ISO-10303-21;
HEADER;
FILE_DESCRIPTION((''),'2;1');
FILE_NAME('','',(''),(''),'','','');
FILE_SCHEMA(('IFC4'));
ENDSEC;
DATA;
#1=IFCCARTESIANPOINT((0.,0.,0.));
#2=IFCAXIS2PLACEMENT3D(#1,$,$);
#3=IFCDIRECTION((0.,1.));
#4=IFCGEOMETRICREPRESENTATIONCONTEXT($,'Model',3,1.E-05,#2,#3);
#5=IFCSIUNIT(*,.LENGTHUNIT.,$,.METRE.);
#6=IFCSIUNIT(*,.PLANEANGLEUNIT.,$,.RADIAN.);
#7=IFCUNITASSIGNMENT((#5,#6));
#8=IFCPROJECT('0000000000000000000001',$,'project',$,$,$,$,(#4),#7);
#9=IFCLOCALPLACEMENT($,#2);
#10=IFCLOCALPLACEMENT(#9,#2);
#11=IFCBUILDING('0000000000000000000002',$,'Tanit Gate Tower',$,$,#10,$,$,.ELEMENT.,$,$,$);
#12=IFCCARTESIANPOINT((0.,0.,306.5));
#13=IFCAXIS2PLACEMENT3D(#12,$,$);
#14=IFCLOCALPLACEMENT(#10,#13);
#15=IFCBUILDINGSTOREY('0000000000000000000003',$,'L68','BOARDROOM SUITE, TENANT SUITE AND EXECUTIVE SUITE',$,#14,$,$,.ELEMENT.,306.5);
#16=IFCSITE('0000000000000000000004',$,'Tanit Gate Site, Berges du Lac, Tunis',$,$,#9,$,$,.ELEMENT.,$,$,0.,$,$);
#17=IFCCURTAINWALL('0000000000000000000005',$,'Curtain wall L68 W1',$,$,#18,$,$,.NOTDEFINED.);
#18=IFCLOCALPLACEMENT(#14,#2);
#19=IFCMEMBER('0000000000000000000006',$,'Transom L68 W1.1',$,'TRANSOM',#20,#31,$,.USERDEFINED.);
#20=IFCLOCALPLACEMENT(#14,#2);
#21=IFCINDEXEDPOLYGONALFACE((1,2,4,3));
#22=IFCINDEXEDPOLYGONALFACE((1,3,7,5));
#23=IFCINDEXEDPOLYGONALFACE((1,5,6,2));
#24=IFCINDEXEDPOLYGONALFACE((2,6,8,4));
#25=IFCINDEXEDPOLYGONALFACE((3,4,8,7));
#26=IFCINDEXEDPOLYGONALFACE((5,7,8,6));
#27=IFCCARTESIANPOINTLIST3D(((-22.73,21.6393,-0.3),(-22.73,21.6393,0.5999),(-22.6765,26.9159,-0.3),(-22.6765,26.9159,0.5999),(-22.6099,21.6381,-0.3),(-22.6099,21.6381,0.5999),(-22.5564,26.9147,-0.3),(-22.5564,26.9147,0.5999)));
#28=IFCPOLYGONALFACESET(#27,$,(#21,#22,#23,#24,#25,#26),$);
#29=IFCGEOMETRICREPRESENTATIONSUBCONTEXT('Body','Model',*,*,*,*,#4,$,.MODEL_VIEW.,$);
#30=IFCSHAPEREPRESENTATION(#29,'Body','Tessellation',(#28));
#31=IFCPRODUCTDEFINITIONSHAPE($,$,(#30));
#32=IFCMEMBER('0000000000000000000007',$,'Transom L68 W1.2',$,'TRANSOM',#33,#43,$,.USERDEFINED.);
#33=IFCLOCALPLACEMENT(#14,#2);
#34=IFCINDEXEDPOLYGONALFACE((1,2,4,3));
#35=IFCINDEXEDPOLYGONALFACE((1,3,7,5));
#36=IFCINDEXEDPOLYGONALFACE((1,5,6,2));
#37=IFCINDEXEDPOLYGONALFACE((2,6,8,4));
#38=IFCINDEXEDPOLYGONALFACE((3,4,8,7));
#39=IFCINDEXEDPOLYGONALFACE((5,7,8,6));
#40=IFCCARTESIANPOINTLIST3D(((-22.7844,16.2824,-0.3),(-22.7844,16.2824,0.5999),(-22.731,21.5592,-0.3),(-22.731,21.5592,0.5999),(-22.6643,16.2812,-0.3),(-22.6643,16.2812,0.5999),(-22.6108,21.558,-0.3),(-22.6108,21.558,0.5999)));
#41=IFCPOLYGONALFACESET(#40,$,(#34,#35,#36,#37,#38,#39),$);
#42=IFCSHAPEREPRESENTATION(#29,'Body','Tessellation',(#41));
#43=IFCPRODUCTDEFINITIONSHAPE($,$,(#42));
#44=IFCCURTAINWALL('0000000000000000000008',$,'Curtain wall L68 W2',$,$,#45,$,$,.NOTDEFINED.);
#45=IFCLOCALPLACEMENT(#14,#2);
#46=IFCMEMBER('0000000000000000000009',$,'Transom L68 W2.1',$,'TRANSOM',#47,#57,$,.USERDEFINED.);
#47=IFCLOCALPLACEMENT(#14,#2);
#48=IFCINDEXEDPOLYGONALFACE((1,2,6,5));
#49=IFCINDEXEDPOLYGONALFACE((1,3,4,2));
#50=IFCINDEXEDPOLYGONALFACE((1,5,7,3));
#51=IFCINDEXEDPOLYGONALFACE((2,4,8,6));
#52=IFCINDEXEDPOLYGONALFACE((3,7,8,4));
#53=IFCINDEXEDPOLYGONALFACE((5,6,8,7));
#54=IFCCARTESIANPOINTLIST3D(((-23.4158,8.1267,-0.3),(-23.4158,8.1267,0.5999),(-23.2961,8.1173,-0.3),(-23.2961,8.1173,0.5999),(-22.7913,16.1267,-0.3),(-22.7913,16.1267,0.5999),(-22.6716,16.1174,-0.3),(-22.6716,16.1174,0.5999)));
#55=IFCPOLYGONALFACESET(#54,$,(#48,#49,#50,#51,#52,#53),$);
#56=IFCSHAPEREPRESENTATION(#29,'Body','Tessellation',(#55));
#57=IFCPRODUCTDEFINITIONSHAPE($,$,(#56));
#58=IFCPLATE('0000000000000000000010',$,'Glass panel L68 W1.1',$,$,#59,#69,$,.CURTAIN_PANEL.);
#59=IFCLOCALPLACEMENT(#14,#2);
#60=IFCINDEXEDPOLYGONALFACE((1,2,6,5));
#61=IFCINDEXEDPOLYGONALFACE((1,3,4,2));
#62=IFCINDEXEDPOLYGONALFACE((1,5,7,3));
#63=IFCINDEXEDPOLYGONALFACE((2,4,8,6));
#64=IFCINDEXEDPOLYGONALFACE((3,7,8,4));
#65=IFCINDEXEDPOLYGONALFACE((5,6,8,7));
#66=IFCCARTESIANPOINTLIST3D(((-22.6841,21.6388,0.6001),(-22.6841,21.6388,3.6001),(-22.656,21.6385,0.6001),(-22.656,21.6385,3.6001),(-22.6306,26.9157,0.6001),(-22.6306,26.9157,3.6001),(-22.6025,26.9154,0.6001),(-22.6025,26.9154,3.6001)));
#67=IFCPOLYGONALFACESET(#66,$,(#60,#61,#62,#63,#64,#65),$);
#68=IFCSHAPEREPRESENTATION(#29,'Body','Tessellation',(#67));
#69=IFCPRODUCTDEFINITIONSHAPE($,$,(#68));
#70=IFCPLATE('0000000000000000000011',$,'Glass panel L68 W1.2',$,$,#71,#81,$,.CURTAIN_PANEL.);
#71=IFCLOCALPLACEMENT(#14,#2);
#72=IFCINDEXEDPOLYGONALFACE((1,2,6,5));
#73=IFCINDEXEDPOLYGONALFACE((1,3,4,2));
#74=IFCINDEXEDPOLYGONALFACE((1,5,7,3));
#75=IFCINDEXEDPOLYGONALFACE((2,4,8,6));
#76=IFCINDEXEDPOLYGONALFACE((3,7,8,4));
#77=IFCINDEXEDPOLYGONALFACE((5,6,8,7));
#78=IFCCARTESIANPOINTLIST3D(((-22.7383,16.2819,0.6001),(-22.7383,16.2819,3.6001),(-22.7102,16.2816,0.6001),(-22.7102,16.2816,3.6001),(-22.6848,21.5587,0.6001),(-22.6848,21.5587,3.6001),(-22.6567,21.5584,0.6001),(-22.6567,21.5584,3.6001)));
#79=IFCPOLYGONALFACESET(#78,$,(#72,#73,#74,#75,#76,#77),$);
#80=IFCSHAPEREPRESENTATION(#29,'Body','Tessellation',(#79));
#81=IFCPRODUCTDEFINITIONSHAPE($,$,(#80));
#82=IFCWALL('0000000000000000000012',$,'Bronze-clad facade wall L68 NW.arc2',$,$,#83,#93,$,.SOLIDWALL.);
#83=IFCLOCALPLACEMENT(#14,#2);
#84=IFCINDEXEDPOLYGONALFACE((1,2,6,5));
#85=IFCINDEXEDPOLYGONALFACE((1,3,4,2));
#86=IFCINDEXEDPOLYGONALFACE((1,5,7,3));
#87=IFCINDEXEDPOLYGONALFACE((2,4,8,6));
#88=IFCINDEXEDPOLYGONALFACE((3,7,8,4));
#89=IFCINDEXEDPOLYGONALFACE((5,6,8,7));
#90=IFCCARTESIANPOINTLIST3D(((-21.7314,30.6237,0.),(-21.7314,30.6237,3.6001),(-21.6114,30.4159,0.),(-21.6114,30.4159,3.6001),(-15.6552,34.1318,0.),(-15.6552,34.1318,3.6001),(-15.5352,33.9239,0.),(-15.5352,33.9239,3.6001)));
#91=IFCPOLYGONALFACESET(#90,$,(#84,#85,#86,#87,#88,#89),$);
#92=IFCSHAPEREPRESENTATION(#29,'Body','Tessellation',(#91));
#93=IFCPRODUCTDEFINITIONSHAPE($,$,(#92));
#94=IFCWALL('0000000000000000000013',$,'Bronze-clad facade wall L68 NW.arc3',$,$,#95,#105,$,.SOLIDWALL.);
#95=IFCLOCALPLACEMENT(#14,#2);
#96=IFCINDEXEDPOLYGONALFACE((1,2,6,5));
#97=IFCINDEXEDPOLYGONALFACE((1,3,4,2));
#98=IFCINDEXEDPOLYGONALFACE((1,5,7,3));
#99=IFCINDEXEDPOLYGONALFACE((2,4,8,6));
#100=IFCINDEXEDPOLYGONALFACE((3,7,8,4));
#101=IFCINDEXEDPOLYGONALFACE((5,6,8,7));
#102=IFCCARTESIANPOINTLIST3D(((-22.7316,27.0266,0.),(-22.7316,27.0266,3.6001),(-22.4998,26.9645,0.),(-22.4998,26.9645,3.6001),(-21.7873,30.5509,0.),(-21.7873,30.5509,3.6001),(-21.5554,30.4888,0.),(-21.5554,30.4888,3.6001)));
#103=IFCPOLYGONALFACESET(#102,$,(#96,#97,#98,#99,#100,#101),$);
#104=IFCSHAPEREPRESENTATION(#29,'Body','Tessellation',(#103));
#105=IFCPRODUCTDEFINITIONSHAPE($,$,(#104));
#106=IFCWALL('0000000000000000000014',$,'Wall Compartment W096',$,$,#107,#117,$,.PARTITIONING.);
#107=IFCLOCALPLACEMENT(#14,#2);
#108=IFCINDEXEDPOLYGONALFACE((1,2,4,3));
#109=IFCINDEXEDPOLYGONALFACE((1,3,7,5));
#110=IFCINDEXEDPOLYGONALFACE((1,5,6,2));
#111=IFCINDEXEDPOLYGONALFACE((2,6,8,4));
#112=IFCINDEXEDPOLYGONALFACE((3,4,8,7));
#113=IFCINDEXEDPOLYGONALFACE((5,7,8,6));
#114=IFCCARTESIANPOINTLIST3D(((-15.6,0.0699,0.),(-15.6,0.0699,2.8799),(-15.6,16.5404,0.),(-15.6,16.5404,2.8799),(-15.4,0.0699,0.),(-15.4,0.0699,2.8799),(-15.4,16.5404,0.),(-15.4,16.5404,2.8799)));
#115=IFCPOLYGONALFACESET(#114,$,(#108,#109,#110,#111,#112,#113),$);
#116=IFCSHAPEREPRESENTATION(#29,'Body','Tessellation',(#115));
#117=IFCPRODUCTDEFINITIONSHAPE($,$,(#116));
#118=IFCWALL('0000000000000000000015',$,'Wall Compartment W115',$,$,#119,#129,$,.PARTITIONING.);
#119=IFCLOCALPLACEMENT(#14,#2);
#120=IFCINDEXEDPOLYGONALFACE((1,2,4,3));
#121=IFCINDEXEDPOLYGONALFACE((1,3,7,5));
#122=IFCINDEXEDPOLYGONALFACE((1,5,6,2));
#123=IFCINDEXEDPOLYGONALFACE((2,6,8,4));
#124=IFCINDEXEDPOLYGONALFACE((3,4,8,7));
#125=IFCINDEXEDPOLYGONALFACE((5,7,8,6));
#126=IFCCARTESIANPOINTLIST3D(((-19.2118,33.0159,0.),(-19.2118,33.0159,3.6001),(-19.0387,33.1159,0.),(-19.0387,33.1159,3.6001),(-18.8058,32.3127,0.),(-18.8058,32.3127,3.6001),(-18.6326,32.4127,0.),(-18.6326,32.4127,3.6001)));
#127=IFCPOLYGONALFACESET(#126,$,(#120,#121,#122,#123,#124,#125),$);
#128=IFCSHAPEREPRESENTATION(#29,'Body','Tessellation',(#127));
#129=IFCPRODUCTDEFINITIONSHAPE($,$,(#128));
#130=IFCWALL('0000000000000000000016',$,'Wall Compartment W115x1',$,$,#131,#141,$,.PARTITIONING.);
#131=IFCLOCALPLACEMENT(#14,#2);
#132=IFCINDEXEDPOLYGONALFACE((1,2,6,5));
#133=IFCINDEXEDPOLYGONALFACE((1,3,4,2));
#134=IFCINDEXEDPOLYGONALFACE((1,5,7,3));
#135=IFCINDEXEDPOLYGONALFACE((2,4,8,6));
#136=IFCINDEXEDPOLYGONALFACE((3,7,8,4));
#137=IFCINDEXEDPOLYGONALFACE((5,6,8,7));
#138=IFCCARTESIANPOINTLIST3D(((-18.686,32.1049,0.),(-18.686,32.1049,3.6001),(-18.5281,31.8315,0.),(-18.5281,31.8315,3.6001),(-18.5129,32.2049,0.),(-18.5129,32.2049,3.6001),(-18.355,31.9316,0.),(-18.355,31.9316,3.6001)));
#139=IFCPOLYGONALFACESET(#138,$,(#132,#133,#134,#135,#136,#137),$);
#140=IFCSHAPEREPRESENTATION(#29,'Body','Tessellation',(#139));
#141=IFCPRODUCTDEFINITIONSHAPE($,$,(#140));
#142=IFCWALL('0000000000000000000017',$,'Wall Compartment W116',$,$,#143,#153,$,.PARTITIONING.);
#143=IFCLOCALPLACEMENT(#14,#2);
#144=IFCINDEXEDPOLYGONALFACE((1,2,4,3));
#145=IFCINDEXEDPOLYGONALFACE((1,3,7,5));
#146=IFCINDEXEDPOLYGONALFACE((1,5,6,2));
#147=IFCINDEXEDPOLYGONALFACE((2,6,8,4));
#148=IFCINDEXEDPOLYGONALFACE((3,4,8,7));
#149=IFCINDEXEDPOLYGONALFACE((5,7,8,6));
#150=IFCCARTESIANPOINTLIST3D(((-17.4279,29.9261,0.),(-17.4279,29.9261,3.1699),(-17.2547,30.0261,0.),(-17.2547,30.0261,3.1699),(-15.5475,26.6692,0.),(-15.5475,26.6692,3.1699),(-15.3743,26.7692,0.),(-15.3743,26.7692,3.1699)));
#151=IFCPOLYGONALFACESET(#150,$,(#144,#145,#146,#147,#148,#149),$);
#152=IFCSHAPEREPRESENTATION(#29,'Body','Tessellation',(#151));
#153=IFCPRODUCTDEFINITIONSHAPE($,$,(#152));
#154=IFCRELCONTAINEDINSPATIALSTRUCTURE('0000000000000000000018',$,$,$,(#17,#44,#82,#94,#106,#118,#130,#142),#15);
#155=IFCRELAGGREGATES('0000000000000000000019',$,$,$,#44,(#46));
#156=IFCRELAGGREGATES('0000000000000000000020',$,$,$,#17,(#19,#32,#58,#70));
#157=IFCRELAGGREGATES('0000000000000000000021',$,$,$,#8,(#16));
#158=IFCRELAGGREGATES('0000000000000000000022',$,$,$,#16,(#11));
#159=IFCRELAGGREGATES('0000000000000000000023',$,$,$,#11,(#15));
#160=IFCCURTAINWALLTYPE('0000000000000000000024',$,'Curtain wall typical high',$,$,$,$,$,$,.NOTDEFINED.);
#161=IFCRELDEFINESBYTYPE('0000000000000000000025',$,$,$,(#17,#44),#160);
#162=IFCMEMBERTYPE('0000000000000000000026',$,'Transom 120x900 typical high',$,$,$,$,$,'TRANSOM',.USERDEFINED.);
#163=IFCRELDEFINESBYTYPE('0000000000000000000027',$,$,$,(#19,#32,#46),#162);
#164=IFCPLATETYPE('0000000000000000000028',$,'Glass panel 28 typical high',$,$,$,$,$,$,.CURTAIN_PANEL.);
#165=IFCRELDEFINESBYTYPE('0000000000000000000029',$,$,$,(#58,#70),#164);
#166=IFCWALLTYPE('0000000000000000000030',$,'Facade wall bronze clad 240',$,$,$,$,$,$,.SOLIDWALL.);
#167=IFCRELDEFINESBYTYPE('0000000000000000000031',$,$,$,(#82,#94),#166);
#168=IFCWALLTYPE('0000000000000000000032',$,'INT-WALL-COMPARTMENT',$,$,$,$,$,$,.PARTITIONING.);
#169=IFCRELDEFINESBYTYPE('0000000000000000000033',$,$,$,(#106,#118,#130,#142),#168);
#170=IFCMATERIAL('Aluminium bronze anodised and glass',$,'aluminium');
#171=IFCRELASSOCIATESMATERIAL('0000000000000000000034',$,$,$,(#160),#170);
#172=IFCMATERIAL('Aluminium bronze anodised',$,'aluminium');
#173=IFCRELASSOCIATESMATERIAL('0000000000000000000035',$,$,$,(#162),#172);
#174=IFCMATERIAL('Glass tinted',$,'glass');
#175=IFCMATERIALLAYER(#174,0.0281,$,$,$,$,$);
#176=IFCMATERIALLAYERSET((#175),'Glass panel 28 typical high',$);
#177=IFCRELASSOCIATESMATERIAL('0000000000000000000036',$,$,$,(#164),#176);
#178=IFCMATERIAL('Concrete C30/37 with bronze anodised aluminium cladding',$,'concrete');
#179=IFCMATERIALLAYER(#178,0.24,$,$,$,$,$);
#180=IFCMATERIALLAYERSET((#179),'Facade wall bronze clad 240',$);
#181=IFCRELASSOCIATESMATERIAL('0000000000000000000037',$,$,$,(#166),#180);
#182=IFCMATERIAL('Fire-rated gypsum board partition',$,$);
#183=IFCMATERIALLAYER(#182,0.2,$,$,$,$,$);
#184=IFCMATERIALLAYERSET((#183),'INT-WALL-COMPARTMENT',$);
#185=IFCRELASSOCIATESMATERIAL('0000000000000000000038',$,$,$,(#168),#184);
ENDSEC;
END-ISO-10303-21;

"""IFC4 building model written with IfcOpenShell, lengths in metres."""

from ifc_helpers import new_model, si_unit, direction, frame, frame_2d, origin, origin_2d, place, context, subcontext, project, spatial, rectangle, extrude, material, layer, layer_set, material_profile, profile_set, type_object, element, aggregate, save


model = new_model("IFC4")

# Units and contexts
model_context = context("Model", 3, precision=1e-05, world=origin(), true_north=direction((0.0, 1.0)))
body_context = subcontext(model_context, "Body", "Model", "MODEL_VIEW")
ifc_project = project(units=[si_unit("LENGTHUNIT", "METRE"), si_unit("PLANEANGLEUNIT", "RADIAN")], contexts=[model_context])

# Site, building, storey
site_placement = place(None, origin())
site = spatial("IfcSite", under=ifc_project, at=site_placement, Name="Tanit Gate Site, Berges du Lac, Tunis", CompositionType="ELEMENT", RefElevation=0.0)
building_placement = place(site_placement, origin())
building = spatial("IfcBuilding", under=site, at=building_placement, Name="Tanit Gate Tower", CompositionType="ELEMENT")
storey_placement = place(building_placement, frame((0.0, 0.0, 306.5)))
storey = spatial("IfcBuildingStorey", under=building, at=storey_placement, Name="L68", Description="BOARDROOM SUITE, TENANT SUITE AND EXECUTIVE SUITE", CompositionType="ELEMENT", Elevation=306.5)

# Curtain wall
ifc_material_1 = material(Name="Aluminium bronze anodised and glass", Category="aluminium")
curtain_wall_type = type_object("IfcCurtainWallType", Name="Curtain wall typical high", PredefinedType="NOTDEFINED", material=ifc_material_1)
curtain_wall_1_placement = place(storey_placement, origin())
curtain_wall_1 = element("IfcCurtainWall", 1, at=curtain_wall_1_placement, inside=storey, type_object=curtain_wall_type, Name="Curtain wall L68 W1", PredefinedType="NOTDEFINED")

# Members
ifc_material_2 = material(Name="Aluminium bronze anodised", Category="aluminium")
ifc_material_profile_1 = material_profile(ifc_material_2, rectangle(XDim=0.1201, YDim=0.8999, at=origin_2d()), Name="120x900 bronze transom")
ifc_profile_set_1 = profile_set([ifc_material_profile_1], Name="Aluminium bronze anodised")
member_type_1 = type_object("IfcMemberType", Name="Transom 120x900 typical high", ElementType="TRANSOM", PredefinedType="USERDEFINED", material=ifc_profile_set_1)
member_1_placement = place(storey_placement, frame((-22.6165, 26.9153, 0.1499), z_axis=(-0.010132, -0.999949, 0.0), x_axis=(0.999949, -0.010132, 0.0)))
member_1 = element("IfcMember", 2, at=member_1_placement, type_object=member_type_1, Name="Transom L68 W1.1", ObjectType="TRANSOM", PredefinedType="USERDEFINED", context=body_context, shape_type="SweptSolid", body=[
    extrude(rectangle(XDim=0.1201, YDim=0.8999, at=origin_2d()), origin(), (0.0, 0.0, 1.0), 5.2769),
])
member_2_placement = place(storey_placement, frame((-22.6709, 21.5586, 0.1499), z_axis=(-0.010132, -0.999949, 0.0), x_axis=(0.999949, -0.010132, 0.0)))
member_2 = element("IfcMember", 3, at=member_2_placement, type_object=member_type_1, Name="Transom L68 W1.2", ObjectType="TRANSOM", PredefinedType="USERDEFINED", context=body_context, shape_type="SweptSolid", body=[
    extrude(rectangle(XDim=0.1201, YDim=0.8999, at=origin_2d()), origin(), (0.0, 0.0, 1.0), 5.2771),
])

# Curtain wall, member
curtain_wall_2_placement = place(storey_placement, origin())
curtain_wall_2 = element("IfcCurtainWall", 4, at=curtain_wall_2_placement, inside=storey, type_object=curtain_wall_type, Name="Curtain wall L68 W2", PredefinedType="NOTDEFINED")
member_3_placement = place(storey_placement, frame((-22.7314, 16.1221, 0.1499), z_axis=(-0.077827, -0.996967, 0.0), x_axis=(0.996967, -0.077827, 0.0)))
member_3 = element("IfcMember", 5, at=member_3_placement, type_object=member_type_1, Name="Transom L68 W2.1", ObjectType="TRANSOM", PredefinedType="USERDEFINED", context=body_context, shape_type="SweptSolid", body=[
    extrude(rectangle(XDim=0.1201, YDim=0.8999, at=origin_2d()), origin(), (0.0, 0.0, 1.0), 8.0244),
])
aggregate(curtain_wall_2, [member_3])

# Plates
ifc_material_3 = material(Name="Glass tinted", Category="glass")
ifc_layer_1 = layer(ifc_material_3, 0.0281)
ifc_layer_set_1 = layer_set([ifc_layer_1], Name="Glass panel 28 typical high")
plate_type = type_object("IfcPlateType", Name="Glass panel 28 typical high", PredefinedType="CURTAIN_PANEL", material=ifc_layer_set_1)
plate_1_placement = place(storey_placement, frame((-22.6433, 24.2771, 0.6001), z_axis=(0.0, 0.0, 1.0), x_axis=(-0.010146, -0.999949, 0.0)))
plate_1 = element("IfcPlate", 6, at=plate_1_placement, type_object=plate_type, Name="Glass panel L68 W1.1", PredefinedType="CURTAIN_PANEL", context=body_context, shape_type="SweptSolid", body=[
    extrude(rectangle(XDim=5.2771, YDim=0.0281, at=origin_2d()), origin(), (0.0, 0.0, 1.0), 3.0),
])
plate_2_placement = place(storey_placement, frame((-22.6975, 18.9202, 0.6001), z_axis=(0.0, 0.0, 1.0), x_axis=(-0.010146, -0.999949, 0.0)))
plate_2 = element("IfcPlate", 7, at=plate_2_placement, type_object=plate_type, Name="Glass panel L68 W1.2", PredefinedType="CURTAIN_PANEL", context=body_context, shape_type="SweptSolid", body=[
    extrude(rectangle(XDim=5.2771, YDim=0.0281, at=origin_2d()), origin(), (0.0, 0.0, 1.0), 3.0),
])
aggregate(curtain_wall_1, [member_1, member_2, plate_1, plate_2])

# Walls
ifc_material_4 = material(Name="Concrete C30/37 with bronze anodised aluminium cladding", Category="concrete")
ifc_layer_2 = layer(ifc_material_4, 0.24)
ifc_layer_set_2 = layer_set([ifc_layer_2], Name="Facade wall bronze clad 240")
wall_type_1 = type_object("IfcWallType", Name="Facade wall bronze clad 240", PredefinedType="SOLIDWALL", material=ifc_layer_set_2)
wall_1_placement = place(storey_placement, frame((-15.5952, 34.0278, 0.0), z_axis=(0.0, 0.0, 1.0), x_axis=(-0.866027, -0.499998, 0.0)))
element("IfcWall", 8, at=wall_1_placement, inside=storey, type_object=wall_type_1, Name="Bronze-clad facade wall L68 NW.arc2", PredefinedType="SOLIDWALL", context=body_context, shape_type="SweptSolid", body=[
    extrude(rectangle(XDim=7.0161, YDim=0.24, at=frame_2d((3.5081, 0.0))), origin(), (0.0, 0.0, 1.0), 3.6001),
])
wall_2_placement = place(storey_placement, frame((-21.6714, 30.5198, 0.0), z_axis=(0.0, 0.0, 1.0), x_axis=(-0.258812, -0.965928, 0.0)))
element("IfcWall", 9, at=wall_2_placement, inside=storey, type_object=wall_type_1, Name="Bronze-clad facade wall L68 NW.arc3", PredefinedType="SOLIDWALL", context=body_context, shape_type="SweptSolid", body=[
    extrude(rectangle(XDim=3.6487, YDim=0.24, at=frame_2d((1.8242, 0.0))), origin(), (0.0, 0.0, 1.0), 3.6001),
])
ifc_material_5 = material(Name="Fire-rated gypsum board partition")
ifc_layer_3 = layer(ifc_material_5, 0.2)
ifc_layer_set_3 = layer_set([ifc_layer_3], Name="INT-WALL-COMPARTMENT")
wall_type_2 = type_object("IfcWallType", Name="INT-WALL-COMPARTMENT", PredefinedType="PARTITIONING", material=ifc_layer_set_3)
wall_3_placement = place(storey_placement, frame((-15.5, 16.5405, 0.0), z_axis=(0.0, 0.0, 1.0), x_axis=(0.0, -1.0, 0.0)))
element("IfcWall", 10, at=wall_3_placement, inside=storey, type_object=wall_type_2, Name="Wall Compartment W096", PredefinedType="PARTITIONING", context=body_context, shape_type="SweptSolid", body=[
    extrude(rectangle(XDim=16.4705, YDim=0.2, at=frame_2d((8.2354, 0.0))), origin(), (0.0, 0.0, 1.0), 2.8799),
])
wall_4_placement = place(storey_placement, frame((-19.1252, 33.0659, 0.0), z_axis=(0.0, 0.0, 1.0), x_axis=(0.500052, -0.865995, 0.0)))
element("IfcWall", 11, at=wall_4_placement, inside=storey, type_object=wall_type_2, Name="Wall Compartment W115", PredefinedType="PARTITIONING", context=body_context, shape_type="SweptSolid", body=[
    extrude(rectangle(XDim=0.812, YDim=0.2, at=frame_2d((0.406, 0.0))), origin(), (0.0, 0.0, 1.0), 3.6001),
])
wall_5_placement = place(storey_placement, frame((-18.5994, 32.1548, 0.0), z_axis=(0.0, 0.0, 1.0), x_axis=(0.500213, -0.865902, 0.0)))
element("IfcWall", 12, at=wall_5_placement, inside=storey, type_object=wall_type_2, Name="Wall Compartment W115x1", PredefinedType="PARTITIONING", context=body_context, shape_type="SweptSolid", body=[
    extrude(rectangle(XDim=0.3157, YDim=0.2, at=frame_2d((0.1577, 0.0))), origin(), (0.0, 0.0, 1.0), 3.6001),
])
wall_6_placement = place(storey_placement, frame((-17.3413, 29.9761, 0.0), z_axis=(0.0, 0.0, 1.0), x_axis=(0.500007, -0.866021, 0.0)))
element("IfcWall", 13, at=wall_6_placement, inside=storey, type_object=wall_type_2, Name="Wall Compartment W116", PredefinedType="PARTITIONING", context=body_context, shape_type="SweptSolid", body=[
    extrude(rectangle(XDim=3.7607, YDim=0.2, at=frame_2d((1.8804, 0.0))), origin(), (0.0, 0.0, 1.0), 3.1699),
])

save(model, "model.ifc")
